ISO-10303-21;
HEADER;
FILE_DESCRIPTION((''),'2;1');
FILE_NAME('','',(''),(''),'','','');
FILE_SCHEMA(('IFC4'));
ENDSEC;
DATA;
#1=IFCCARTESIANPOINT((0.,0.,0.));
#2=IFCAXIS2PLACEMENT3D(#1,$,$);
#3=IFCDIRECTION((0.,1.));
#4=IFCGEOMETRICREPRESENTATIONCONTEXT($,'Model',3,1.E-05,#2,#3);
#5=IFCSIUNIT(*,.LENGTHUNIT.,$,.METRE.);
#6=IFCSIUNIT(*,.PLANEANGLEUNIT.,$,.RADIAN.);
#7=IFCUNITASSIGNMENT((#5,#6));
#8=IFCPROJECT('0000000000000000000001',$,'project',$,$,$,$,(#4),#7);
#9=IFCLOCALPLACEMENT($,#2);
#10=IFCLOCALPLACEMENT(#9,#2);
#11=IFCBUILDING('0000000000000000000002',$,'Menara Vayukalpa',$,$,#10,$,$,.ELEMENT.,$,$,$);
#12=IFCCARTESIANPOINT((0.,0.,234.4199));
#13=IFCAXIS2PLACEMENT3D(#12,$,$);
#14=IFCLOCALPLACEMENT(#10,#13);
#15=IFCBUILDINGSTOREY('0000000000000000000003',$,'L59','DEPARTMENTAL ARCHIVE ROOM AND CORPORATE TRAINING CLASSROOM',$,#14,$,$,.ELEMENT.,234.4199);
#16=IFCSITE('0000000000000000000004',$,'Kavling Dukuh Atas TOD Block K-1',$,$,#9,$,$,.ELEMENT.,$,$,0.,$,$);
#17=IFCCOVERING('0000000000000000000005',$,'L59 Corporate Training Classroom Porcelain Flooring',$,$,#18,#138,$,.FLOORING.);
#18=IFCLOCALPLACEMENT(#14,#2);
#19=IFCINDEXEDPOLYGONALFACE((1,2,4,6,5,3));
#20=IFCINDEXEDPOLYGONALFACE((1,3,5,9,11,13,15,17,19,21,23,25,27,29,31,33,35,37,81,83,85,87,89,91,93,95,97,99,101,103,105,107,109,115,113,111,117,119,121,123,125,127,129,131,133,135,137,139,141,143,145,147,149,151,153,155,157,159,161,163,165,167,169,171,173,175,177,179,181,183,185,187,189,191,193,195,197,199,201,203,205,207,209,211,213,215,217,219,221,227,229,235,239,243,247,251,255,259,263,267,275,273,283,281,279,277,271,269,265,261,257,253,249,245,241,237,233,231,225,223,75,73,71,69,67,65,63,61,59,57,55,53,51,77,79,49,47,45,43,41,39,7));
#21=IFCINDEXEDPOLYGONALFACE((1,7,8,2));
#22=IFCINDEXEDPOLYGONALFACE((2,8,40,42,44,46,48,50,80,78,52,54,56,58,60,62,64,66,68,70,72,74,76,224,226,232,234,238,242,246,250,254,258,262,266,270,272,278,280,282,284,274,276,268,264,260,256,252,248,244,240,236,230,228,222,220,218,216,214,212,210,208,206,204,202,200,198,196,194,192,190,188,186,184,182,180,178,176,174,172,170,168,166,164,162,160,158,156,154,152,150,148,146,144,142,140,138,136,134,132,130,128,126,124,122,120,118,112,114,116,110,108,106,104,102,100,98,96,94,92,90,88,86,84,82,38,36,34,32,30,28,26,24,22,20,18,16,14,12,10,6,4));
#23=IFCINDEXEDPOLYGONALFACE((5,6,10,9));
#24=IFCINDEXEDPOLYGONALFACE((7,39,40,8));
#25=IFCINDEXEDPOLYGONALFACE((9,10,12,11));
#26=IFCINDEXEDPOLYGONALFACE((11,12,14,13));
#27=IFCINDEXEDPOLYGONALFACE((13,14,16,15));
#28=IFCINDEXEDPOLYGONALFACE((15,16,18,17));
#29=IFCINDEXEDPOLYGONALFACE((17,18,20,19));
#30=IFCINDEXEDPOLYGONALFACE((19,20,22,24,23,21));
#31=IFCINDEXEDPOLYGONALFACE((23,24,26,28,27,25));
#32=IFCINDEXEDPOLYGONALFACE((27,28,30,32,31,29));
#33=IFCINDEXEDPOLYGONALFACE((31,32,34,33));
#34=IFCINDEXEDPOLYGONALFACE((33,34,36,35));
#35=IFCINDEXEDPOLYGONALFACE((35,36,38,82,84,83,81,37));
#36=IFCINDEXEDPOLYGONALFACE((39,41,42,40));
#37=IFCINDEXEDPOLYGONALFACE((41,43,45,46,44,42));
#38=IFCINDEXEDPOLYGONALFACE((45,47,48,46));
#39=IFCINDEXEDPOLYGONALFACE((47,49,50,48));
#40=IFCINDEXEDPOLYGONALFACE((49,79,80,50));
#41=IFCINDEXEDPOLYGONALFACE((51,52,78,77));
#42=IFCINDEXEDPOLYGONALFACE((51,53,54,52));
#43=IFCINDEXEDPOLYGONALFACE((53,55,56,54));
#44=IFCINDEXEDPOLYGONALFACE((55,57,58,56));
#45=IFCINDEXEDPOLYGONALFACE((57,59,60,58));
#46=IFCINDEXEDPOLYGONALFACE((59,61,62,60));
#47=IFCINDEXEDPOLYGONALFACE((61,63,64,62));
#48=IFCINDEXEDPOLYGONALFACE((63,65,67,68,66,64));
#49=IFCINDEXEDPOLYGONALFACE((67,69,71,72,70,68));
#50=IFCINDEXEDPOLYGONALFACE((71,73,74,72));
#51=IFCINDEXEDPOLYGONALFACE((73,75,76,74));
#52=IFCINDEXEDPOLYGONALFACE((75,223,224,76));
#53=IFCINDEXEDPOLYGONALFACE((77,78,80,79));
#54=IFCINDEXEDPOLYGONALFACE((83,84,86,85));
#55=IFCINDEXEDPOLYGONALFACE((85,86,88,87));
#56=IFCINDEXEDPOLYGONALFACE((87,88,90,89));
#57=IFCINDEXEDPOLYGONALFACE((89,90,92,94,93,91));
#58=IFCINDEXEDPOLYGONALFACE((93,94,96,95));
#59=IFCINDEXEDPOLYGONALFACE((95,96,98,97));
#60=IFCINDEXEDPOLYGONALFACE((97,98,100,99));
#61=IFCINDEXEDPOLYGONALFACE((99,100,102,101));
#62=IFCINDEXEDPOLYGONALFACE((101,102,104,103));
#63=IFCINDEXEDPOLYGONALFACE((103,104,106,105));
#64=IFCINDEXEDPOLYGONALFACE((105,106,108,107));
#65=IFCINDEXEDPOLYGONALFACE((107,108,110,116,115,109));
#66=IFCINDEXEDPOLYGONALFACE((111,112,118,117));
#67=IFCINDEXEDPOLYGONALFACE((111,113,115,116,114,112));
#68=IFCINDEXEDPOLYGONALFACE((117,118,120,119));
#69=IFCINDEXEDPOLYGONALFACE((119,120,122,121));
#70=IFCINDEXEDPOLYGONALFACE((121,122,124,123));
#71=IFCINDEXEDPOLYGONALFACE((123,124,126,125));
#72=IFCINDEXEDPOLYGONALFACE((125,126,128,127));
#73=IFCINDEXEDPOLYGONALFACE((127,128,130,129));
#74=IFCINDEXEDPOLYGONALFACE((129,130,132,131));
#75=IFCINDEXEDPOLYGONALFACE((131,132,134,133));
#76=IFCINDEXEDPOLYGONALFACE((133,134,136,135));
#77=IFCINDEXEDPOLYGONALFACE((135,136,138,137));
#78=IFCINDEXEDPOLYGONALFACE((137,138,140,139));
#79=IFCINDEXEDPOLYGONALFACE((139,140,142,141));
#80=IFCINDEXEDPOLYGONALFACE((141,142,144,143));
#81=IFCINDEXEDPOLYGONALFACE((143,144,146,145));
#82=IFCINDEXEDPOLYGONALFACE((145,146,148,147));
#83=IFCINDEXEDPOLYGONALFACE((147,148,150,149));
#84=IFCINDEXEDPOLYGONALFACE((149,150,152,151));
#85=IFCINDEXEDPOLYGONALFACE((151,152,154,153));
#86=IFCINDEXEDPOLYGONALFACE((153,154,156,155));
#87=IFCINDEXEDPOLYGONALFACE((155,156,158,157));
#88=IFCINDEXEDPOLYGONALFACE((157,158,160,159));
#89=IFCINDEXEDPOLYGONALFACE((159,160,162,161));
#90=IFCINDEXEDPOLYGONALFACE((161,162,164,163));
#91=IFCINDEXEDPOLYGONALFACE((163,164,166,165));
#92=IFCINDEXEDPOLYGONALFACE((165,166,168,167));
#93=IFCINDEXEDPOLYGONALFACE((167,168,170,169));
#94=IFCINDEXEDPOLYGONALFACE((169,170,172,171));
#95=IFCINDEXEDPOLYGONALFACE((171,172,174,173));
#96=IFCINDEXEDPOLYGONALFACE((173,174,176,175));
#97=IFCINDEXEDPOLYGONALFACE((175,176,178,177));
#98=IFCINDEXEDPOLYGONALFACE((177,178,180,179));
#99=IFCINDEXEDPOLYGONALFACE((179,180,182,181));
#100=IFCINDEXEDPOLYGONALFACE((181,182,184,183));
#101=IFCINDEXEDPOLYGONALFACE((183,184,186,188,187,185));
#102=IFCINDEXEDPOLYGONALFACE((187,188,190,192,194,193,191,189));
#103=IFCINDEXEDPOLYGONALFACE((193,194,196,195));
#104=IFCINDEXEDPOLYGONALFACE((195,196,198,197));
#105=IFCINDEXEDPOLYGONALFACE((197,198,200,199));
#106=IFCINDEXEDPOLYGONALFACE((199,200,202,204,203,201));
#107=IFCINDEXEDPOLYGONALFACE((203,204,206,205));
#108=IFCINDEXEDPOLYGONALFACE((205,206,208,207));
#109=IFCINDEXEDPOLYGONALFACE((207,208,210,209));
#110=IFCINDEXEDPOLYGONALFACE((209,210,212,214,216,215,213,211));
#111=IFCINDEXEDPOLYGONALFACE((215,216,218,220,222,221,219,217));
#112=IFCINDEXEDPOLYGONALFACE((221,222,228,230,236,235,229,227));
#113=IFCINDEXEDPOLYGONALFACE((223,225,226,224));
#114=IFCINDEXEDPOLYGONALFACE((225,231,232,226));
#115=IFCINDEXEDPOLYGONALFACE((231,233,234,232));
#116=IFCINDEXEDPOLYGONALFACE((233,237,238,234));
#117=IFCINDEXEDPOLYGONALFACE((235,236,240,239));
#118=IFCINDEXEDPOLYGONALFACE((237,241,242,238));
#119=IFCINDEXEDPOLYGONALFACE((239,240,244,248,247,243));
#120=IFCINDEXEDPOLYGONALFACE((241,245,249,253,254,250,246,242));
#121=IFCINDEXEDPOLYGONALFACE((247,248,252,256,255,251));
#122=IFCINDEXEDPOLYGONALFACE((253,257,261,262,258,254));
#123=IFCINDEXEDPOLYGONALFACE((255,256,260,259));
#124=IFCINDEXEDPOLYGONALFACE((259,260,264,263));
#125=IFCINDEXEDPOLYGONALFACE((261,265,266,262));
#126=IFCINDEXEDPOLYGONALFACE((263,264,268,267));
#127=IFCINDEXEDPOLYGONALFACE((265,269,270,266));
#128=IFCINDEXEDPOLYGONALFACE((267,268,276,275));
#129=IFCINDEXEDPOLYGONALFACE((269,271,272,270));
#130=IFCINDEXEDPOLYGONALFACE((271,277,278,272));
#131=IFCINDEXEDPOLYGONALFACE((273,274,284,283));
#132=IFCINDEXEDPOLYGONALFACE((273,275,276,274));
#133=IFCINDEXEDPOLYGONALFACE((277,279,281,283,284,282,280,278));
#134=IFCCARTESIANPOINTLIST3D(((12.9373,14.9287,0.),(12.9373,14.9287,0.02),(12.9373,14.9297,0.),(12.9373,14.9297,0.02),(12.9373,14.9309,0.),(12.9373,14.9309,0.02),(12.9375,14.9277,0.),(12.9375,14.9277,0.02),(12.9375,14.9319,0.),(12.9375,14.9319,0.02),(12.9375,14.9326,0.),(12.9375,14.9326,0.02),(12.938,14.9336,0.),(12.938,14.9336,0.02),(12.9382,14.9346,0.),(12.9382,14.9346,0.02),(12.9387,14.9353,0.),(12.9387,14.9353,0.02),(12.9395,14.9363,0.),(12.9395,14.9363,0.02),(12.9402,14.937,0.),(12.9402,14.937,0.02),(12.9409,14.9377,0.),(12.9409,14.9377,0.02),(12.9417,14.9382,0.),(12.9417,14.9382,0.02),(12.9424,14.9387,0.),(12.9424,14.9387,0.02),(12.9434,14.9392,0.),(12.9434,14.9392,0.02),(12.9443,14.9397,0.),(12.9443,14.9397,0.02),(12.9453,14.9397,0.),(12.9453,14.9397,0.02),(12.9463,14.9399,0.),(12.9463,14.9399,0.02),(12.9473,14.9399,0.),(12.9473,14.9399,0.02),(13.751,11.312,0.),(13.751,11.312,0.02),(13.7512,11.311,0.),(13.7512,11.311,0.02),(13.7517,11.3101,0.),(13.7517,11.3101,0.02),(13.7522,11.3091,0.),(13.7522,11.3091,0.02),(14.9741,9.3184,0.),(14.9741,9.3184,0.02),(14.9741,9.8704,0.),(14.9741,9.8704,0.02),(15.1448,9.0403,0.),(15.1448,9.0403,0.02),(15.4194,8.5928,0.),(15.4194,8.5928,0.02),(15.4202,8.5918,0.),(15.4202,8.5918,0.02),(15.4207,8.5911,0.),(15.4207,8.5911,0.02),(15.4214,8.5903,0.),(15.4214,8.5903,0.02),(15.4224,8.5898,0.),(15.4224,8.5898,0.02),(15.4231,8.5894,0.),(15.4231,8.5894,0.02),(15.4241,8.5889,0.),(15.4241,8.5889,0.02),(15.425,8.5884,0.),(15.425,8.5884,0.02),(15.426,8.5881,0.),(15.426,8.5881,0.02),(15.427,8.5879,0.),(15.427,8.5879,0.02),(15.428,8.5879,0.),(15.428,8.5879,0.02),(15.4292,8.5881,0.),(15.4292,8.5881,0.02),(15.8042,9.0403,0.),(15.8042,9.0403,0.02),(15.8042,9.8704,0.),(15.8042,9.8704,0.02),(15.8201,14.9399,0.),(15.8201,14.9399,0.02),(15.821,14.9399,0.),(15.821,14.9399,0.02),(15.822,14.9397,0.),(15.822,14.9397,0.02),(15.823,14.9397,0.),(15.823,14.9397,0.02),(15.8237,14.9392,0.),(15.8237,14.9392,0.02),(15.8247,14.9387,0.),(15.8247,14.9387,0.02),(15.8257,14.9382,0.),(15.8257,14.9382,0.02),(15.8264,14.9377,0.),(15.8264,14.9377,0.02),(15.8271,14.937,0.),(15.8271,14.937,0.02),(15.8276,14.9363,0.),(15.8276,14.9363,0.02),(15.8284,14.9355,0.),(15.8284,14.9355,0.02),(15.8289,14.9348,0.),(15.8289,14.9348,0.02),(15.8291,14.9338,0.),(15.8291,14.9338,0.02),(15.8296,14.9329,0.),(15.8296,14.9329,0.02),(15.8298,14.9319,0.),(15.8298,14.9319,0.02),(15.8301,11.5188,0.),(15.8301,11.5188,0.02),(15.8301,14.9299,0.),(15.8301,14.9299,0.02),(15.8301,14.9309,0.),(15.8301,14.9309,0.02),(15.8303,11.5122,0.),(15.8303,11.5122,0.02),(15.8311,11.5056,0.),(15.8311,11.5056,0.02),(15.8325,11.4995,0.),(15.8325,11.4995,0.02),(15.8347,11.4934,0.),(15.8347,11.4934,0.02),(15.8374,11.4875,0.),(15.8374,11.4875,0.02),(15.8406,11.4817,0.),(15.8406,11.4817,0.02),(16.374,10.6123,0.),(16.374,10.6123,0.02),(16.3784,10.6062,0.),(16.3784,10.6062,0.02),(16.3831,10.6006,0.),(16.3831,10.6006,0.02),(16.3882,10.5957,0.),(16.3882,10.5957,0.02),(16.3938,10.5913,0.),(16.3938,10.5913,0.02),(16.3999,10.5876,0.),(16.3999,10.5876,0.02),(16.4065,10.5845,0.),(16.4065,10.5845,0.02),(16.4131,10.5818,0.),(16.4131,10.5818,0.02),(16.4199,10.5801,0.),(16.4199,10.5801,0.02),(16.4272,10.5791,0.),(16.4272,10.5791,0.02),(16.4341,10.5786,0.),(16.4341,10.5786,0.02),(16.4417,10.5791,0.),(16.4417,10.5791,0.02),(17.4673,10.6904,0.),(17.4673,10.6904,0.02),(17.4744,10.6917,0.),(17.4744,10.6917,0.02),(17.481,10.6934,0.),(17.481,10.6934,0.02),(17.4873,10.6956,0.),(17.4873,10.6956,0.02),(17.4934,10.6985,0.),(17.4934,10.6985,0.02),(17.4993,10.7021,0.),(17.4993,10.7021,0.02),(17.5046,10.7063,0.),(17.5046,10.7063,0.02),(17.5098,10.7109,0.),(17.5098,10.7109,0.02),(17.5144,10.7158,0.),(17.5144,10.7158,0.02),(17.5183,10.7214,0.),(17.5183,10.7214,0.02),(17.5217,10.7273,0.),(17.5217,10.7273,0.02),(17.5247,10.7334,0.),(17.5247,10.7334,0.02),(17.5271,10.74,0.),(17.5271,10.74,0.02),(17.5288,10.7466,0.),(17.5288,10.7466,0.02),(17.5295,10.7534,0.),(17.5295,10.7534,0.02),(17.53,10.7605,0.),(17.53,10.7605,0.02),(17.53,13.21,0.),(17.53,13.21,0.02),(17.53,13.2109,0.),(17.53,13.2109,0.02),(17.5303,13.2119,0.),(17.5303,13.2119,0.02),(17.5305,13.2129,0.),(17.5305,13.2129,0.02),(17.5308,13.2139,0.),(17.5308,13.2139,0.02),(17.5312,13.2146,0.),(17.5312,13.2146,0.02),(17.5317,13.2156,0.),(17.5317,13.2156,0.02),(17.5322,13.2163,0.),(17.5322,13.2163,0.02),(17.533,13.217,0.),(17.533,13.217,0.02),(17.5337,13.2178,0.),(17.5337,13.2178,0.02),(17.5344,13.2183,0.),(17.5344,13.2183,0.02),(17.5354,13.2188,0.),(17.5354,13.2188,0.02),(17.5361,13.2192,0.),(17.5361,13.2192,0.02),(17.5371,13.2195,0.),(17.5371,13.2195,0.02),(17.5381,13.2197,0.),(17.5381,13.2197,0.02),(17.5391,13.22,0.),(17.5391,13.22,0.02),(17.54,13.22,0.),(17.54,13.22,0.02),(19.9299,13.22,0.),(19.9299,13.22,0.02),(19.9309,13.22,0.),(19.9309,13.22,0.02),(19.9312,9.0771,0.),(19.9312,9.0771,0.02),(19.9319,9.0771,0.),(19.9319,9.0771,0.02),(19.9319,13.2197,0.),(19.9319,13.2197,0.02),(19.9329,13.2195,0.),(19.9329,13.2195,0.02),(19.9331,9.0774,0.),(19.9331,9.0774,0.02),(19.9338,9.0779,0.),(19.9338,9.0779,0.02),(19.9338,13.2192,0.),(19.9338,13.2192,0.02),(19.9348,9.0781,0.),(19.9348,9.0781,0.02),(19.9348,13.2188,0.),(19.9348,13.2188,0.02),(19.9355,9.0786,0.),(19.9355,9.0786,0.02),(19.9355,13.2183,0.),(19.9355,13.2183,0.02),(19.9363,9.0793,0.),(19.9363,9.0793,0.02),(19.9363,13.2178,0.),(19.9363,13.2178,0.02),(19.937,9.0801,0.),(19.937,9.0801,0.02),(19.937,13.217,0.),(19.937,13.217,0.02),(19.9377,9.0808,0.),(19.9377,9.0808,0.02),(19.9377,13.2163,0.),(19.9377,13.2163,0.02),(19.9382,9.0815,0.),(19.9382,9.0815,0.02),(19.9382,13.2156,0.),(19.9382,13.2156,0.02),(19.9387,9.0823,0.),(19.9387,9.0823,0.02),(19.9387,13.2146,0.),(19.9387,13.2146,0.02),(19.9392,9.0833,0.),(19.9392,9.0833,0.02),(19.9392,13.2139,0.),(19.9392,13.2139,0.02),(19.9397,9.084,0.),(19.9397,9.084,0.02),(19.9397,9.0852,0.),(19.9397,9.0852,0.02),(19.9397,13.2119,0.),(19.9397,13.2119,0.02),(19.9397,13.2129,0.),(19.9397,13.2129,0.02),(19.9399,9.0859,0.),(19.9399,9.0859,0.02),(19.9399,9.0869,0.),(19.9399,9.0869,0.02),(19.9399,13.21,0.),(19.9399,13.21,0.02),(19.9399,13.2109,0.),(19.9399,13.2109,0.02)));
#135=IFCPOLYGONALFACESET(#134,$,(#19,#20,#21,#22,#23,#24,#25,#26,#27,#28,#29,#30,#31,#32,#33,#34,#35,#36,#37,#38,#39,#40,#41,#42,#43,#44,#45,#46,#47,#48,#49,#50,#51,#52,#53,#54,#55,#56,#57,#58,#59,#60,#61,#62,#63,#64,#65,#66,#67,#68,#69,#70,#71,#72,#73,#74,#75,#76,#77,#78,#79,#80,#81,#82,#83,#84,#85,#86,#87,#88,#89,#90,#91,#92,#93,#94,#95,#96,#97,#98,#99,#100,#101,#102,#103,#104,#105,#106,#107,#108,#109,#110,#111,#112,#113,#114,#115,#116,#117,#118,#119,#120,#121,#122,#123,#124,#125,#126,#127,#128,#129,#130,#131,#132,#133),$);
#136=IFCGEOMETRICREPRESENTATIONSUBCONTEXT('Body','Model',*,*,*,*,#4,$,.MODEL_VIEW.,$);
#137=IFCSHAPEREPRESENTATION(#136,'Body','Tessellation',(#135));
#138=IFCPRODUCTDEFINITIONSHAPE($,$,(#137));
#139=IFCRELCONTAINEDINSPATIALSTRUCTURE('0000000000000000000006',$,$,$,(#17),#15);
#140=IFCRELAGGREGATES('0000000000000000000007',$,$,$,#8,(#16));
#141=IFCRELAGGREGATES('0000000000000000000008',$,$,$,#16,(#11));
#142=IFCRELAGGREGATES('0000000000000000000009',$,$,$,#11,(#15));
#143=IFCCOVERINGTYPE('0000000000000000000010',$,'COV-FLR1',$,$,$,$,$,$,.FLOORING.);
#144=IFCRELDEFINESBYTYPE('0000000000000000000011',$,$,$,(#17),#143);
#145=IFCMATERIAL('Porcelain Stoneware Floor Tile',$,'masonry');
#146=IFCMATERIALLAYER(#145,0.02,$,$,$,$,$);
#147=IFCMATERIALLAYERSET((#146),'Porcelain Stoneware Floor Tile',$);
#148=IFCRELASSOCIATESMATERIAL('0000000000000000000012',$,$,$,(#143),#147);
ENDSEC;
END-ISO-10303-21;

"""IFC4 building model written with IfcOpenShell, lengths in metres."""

from ifc_helpers import new_model, si_unit, direction, frame, origin, place, context, subcontext, project, spatial, polyline, outline, extrude, material, layer, layer_set, type_object, element, save


model = new_model("IFC4")

# Units and contexts
model_context = context("Model", 3, precision=1e-05, world=origin(), true_north=direction((0.0, 1.0)))
body_context = subcontext(model_context, "Body", "Model", "MODEL_VIEW")
ifc_project = project(units=[si_unit("LENGTHUNIT", "METRE"), si_unit("PLANEANGLEUNIT", "RADIAN")], contexts=[model_context])

# Site, building, storey
site_placement = place(None, origin())
site = spatial("IfcSite", under=ifc_project, at=site_placement, Name="Kavling Dukuh Atas TOD Block K-1", CompositionType="ELEMENT", RefElevation=0.0)
building_placement = place(site_placement, origin())
building = spatial("IfcBuilding", under=site, at=building_placement, Name="Menara Vayukalpa", CompositionType="ELEMENT")
storey_placement = place(building_placement, frame((0.0, 0.0, 234.4199)))
storey = spatial("IfcBuildingStorey", under=building, at=storey_placement, Name="L59", Description="DEPARTMENTAL ARCHIVE ROOM AND CORPORATE TRAINING CLASSROOM", CompositionType="ELEMENT", Elevation=234.4199)

# Covering
ifc_material_1 = material(Name="Porcelain Stoneware Floor Tile", Category="masonry")
ifc_layer_1 = layer(ifc_material_1, 0.02)
ifc_layer_set_1 = layer_set([ifc_layer_1], Name="Porcelain Stoneware Floor Tile")
covering_type_1 = type_object("IfcCoveringType", Name="COV-FLR1", PredefinedType="FLOORING", material=ifc_layer_set_1)
covering_1_placement = place(storey_placement, origin())
element("IfcCovering", 1, at=covering_1_placement, inside=storey, type_object=covering_type_1, Name="L59 Corporate Training Classroom Porcelain Flooring", PredefinedType="FLOORING", context=body_context, shape_type="SweptSolid", body=[
    extrude(outline(polyline([(15.427, 8.5879), (15.426, 8.5881), (15.425, 8.5884), (15.4241, 8.5889), (15.4231, 8.5894), (15.4224, 8.5898), (15.4214, 8.5903), (15.4207, 8.5911), (15.4202, 8.5918), (15.4194, 8.5928), (15.1448, 9.0403), (15.8042, 9.0403), (15.8042, 9.8704), (14.9741, 9.8704), (14.9741, 9.3184), (13.7522, 11.3091), (13.7517, 11.3101), (13.7512, 11.311), (13.751, 11.312), (12.9375, 14.9277), (12.9373, 14.9287), (12.9373, 14.9297), (12.9373, 14.9309), (12.9375, 14.9319), (12.9375, 14.9326), (12.938, 14.9336), (12.9382, 14.9346), (12.9387, 14.9353), (12.9395, 14.9363), (12.9402, 14.937), (12.9409, 14.9377), (12.9417, 14.9382), (12.9424, 14.9387), (12.9434, 14.9392), (12.9443, 14.9397), (12.9453, 14.9397), (12.9463, 14.9399), (12.9473, 14.9399), (15.8201, 14.9399), (15.821, 14.9399), (15.822, 14.9397), (15.823, 14.9397), (15.8237, 14.9392), (15.8247, 14.9387), (15.8257, 14.9382), (15.8264, 14.9377), (15.8271, 14.937), (15.8276, 14.9363), (15.8284, 14.9355), (15.8289, 14.9348), (15.8291, 14.9338), (15.8296, 14.9329), (15.8298, 14.9319), (15.8301, 14.9309), (15.8301, 14.9299), (15.8301, 11.5188), (15.8303, 11.5122), (15.8311, 11.5056), (15.8325, 11.4995), (15.8347, 11.4934), (15.8374, 11.4875), (15.8406, 11.4817), (16.374, 10.6123), (16.3784, 10.6062), (16.3831, 10.6006), (16.3882, 10.5957), (16.3938, 10.5913), (16.3999, 10.5876), (16.4065, 10.5845), (16.4131, 10.5818), (16.4199, 10.5801), (16.4272, 10.5791), (16.4341, 10.5786), (16.4417, 10.5791), (17.4673, 10.6904), (17.4744, 10.6917), (17.481, 10.6934), (17.4873, 10.6956), (17.4934, 10.6985), (17.4993, 10.7021), (17.5046, 10.7063), (17.5098, 10.7109), (17.5144, 10.7158), (17.5183, 10.7214), (17.5217, 10.7273), (17.5247, 10.7334), (17.5271, 10.74), (17.5288, 10.7466), (17.5295, 10.7534), (17.53, 10.7605), (17.53, 13.21), (17.53, 13.2109), (17.5303, 13.2119), (17.5305, 13.2129), (17.5308, 13.2139), (17.5312, 13.2146), (17.5317, 13.2156), (17.5322, 13.2163), (17.533, 13.217), (17.5337, 13.2178), (17.5344, 13.2183), (17.5354, 13.2188), (17.5361, 13.2192), (17.5371, 13.2195), (17.5381, 13.2197), (17.5391, 13.22), (17.54, 13.22), (19.9299, 13.22), (19.9309, 13.22), (19.9319, 13.2197), (19.9329, 13.2195), (19.9338, 13.2192), (19.9348, 13.2188), (19.9355, 13.2183), (19.9363, 13.2178), (19.937, 13.217), (19.9377, 13.2163), (19.9382, 13.2156), (19.9387, 13.2146), (19.9392, 13.2139), (19.9397, 13.2129), (19.9397, 13.2119), (19.9399, 13.2109), (19.9399, 13.21), (19.9399, 9.0869), (19.9399, 9.0859), (19.9397, 9.0852), (19.9397, 9.084), (19.9392, 9.0833), (19.9387, 9.0823), (19.9382, 9.0815), (19.9377, 9.0808), (19.937, 9.0801), (19.9363, 9.0793), (19.9355, 9.0786), (19.9348, 9.0781), (19.9338, 9.0779), (19.9331, 9.0774), (19.9319, 9.0771), (19.9312, 9.0771), (15.4292, 8.5881), (15.428, 8.5879), (15.427, 8.5879)])), origin(), (0.0, 0.0, 1.0), 0.02),
])

save(model, "model.ifc")
